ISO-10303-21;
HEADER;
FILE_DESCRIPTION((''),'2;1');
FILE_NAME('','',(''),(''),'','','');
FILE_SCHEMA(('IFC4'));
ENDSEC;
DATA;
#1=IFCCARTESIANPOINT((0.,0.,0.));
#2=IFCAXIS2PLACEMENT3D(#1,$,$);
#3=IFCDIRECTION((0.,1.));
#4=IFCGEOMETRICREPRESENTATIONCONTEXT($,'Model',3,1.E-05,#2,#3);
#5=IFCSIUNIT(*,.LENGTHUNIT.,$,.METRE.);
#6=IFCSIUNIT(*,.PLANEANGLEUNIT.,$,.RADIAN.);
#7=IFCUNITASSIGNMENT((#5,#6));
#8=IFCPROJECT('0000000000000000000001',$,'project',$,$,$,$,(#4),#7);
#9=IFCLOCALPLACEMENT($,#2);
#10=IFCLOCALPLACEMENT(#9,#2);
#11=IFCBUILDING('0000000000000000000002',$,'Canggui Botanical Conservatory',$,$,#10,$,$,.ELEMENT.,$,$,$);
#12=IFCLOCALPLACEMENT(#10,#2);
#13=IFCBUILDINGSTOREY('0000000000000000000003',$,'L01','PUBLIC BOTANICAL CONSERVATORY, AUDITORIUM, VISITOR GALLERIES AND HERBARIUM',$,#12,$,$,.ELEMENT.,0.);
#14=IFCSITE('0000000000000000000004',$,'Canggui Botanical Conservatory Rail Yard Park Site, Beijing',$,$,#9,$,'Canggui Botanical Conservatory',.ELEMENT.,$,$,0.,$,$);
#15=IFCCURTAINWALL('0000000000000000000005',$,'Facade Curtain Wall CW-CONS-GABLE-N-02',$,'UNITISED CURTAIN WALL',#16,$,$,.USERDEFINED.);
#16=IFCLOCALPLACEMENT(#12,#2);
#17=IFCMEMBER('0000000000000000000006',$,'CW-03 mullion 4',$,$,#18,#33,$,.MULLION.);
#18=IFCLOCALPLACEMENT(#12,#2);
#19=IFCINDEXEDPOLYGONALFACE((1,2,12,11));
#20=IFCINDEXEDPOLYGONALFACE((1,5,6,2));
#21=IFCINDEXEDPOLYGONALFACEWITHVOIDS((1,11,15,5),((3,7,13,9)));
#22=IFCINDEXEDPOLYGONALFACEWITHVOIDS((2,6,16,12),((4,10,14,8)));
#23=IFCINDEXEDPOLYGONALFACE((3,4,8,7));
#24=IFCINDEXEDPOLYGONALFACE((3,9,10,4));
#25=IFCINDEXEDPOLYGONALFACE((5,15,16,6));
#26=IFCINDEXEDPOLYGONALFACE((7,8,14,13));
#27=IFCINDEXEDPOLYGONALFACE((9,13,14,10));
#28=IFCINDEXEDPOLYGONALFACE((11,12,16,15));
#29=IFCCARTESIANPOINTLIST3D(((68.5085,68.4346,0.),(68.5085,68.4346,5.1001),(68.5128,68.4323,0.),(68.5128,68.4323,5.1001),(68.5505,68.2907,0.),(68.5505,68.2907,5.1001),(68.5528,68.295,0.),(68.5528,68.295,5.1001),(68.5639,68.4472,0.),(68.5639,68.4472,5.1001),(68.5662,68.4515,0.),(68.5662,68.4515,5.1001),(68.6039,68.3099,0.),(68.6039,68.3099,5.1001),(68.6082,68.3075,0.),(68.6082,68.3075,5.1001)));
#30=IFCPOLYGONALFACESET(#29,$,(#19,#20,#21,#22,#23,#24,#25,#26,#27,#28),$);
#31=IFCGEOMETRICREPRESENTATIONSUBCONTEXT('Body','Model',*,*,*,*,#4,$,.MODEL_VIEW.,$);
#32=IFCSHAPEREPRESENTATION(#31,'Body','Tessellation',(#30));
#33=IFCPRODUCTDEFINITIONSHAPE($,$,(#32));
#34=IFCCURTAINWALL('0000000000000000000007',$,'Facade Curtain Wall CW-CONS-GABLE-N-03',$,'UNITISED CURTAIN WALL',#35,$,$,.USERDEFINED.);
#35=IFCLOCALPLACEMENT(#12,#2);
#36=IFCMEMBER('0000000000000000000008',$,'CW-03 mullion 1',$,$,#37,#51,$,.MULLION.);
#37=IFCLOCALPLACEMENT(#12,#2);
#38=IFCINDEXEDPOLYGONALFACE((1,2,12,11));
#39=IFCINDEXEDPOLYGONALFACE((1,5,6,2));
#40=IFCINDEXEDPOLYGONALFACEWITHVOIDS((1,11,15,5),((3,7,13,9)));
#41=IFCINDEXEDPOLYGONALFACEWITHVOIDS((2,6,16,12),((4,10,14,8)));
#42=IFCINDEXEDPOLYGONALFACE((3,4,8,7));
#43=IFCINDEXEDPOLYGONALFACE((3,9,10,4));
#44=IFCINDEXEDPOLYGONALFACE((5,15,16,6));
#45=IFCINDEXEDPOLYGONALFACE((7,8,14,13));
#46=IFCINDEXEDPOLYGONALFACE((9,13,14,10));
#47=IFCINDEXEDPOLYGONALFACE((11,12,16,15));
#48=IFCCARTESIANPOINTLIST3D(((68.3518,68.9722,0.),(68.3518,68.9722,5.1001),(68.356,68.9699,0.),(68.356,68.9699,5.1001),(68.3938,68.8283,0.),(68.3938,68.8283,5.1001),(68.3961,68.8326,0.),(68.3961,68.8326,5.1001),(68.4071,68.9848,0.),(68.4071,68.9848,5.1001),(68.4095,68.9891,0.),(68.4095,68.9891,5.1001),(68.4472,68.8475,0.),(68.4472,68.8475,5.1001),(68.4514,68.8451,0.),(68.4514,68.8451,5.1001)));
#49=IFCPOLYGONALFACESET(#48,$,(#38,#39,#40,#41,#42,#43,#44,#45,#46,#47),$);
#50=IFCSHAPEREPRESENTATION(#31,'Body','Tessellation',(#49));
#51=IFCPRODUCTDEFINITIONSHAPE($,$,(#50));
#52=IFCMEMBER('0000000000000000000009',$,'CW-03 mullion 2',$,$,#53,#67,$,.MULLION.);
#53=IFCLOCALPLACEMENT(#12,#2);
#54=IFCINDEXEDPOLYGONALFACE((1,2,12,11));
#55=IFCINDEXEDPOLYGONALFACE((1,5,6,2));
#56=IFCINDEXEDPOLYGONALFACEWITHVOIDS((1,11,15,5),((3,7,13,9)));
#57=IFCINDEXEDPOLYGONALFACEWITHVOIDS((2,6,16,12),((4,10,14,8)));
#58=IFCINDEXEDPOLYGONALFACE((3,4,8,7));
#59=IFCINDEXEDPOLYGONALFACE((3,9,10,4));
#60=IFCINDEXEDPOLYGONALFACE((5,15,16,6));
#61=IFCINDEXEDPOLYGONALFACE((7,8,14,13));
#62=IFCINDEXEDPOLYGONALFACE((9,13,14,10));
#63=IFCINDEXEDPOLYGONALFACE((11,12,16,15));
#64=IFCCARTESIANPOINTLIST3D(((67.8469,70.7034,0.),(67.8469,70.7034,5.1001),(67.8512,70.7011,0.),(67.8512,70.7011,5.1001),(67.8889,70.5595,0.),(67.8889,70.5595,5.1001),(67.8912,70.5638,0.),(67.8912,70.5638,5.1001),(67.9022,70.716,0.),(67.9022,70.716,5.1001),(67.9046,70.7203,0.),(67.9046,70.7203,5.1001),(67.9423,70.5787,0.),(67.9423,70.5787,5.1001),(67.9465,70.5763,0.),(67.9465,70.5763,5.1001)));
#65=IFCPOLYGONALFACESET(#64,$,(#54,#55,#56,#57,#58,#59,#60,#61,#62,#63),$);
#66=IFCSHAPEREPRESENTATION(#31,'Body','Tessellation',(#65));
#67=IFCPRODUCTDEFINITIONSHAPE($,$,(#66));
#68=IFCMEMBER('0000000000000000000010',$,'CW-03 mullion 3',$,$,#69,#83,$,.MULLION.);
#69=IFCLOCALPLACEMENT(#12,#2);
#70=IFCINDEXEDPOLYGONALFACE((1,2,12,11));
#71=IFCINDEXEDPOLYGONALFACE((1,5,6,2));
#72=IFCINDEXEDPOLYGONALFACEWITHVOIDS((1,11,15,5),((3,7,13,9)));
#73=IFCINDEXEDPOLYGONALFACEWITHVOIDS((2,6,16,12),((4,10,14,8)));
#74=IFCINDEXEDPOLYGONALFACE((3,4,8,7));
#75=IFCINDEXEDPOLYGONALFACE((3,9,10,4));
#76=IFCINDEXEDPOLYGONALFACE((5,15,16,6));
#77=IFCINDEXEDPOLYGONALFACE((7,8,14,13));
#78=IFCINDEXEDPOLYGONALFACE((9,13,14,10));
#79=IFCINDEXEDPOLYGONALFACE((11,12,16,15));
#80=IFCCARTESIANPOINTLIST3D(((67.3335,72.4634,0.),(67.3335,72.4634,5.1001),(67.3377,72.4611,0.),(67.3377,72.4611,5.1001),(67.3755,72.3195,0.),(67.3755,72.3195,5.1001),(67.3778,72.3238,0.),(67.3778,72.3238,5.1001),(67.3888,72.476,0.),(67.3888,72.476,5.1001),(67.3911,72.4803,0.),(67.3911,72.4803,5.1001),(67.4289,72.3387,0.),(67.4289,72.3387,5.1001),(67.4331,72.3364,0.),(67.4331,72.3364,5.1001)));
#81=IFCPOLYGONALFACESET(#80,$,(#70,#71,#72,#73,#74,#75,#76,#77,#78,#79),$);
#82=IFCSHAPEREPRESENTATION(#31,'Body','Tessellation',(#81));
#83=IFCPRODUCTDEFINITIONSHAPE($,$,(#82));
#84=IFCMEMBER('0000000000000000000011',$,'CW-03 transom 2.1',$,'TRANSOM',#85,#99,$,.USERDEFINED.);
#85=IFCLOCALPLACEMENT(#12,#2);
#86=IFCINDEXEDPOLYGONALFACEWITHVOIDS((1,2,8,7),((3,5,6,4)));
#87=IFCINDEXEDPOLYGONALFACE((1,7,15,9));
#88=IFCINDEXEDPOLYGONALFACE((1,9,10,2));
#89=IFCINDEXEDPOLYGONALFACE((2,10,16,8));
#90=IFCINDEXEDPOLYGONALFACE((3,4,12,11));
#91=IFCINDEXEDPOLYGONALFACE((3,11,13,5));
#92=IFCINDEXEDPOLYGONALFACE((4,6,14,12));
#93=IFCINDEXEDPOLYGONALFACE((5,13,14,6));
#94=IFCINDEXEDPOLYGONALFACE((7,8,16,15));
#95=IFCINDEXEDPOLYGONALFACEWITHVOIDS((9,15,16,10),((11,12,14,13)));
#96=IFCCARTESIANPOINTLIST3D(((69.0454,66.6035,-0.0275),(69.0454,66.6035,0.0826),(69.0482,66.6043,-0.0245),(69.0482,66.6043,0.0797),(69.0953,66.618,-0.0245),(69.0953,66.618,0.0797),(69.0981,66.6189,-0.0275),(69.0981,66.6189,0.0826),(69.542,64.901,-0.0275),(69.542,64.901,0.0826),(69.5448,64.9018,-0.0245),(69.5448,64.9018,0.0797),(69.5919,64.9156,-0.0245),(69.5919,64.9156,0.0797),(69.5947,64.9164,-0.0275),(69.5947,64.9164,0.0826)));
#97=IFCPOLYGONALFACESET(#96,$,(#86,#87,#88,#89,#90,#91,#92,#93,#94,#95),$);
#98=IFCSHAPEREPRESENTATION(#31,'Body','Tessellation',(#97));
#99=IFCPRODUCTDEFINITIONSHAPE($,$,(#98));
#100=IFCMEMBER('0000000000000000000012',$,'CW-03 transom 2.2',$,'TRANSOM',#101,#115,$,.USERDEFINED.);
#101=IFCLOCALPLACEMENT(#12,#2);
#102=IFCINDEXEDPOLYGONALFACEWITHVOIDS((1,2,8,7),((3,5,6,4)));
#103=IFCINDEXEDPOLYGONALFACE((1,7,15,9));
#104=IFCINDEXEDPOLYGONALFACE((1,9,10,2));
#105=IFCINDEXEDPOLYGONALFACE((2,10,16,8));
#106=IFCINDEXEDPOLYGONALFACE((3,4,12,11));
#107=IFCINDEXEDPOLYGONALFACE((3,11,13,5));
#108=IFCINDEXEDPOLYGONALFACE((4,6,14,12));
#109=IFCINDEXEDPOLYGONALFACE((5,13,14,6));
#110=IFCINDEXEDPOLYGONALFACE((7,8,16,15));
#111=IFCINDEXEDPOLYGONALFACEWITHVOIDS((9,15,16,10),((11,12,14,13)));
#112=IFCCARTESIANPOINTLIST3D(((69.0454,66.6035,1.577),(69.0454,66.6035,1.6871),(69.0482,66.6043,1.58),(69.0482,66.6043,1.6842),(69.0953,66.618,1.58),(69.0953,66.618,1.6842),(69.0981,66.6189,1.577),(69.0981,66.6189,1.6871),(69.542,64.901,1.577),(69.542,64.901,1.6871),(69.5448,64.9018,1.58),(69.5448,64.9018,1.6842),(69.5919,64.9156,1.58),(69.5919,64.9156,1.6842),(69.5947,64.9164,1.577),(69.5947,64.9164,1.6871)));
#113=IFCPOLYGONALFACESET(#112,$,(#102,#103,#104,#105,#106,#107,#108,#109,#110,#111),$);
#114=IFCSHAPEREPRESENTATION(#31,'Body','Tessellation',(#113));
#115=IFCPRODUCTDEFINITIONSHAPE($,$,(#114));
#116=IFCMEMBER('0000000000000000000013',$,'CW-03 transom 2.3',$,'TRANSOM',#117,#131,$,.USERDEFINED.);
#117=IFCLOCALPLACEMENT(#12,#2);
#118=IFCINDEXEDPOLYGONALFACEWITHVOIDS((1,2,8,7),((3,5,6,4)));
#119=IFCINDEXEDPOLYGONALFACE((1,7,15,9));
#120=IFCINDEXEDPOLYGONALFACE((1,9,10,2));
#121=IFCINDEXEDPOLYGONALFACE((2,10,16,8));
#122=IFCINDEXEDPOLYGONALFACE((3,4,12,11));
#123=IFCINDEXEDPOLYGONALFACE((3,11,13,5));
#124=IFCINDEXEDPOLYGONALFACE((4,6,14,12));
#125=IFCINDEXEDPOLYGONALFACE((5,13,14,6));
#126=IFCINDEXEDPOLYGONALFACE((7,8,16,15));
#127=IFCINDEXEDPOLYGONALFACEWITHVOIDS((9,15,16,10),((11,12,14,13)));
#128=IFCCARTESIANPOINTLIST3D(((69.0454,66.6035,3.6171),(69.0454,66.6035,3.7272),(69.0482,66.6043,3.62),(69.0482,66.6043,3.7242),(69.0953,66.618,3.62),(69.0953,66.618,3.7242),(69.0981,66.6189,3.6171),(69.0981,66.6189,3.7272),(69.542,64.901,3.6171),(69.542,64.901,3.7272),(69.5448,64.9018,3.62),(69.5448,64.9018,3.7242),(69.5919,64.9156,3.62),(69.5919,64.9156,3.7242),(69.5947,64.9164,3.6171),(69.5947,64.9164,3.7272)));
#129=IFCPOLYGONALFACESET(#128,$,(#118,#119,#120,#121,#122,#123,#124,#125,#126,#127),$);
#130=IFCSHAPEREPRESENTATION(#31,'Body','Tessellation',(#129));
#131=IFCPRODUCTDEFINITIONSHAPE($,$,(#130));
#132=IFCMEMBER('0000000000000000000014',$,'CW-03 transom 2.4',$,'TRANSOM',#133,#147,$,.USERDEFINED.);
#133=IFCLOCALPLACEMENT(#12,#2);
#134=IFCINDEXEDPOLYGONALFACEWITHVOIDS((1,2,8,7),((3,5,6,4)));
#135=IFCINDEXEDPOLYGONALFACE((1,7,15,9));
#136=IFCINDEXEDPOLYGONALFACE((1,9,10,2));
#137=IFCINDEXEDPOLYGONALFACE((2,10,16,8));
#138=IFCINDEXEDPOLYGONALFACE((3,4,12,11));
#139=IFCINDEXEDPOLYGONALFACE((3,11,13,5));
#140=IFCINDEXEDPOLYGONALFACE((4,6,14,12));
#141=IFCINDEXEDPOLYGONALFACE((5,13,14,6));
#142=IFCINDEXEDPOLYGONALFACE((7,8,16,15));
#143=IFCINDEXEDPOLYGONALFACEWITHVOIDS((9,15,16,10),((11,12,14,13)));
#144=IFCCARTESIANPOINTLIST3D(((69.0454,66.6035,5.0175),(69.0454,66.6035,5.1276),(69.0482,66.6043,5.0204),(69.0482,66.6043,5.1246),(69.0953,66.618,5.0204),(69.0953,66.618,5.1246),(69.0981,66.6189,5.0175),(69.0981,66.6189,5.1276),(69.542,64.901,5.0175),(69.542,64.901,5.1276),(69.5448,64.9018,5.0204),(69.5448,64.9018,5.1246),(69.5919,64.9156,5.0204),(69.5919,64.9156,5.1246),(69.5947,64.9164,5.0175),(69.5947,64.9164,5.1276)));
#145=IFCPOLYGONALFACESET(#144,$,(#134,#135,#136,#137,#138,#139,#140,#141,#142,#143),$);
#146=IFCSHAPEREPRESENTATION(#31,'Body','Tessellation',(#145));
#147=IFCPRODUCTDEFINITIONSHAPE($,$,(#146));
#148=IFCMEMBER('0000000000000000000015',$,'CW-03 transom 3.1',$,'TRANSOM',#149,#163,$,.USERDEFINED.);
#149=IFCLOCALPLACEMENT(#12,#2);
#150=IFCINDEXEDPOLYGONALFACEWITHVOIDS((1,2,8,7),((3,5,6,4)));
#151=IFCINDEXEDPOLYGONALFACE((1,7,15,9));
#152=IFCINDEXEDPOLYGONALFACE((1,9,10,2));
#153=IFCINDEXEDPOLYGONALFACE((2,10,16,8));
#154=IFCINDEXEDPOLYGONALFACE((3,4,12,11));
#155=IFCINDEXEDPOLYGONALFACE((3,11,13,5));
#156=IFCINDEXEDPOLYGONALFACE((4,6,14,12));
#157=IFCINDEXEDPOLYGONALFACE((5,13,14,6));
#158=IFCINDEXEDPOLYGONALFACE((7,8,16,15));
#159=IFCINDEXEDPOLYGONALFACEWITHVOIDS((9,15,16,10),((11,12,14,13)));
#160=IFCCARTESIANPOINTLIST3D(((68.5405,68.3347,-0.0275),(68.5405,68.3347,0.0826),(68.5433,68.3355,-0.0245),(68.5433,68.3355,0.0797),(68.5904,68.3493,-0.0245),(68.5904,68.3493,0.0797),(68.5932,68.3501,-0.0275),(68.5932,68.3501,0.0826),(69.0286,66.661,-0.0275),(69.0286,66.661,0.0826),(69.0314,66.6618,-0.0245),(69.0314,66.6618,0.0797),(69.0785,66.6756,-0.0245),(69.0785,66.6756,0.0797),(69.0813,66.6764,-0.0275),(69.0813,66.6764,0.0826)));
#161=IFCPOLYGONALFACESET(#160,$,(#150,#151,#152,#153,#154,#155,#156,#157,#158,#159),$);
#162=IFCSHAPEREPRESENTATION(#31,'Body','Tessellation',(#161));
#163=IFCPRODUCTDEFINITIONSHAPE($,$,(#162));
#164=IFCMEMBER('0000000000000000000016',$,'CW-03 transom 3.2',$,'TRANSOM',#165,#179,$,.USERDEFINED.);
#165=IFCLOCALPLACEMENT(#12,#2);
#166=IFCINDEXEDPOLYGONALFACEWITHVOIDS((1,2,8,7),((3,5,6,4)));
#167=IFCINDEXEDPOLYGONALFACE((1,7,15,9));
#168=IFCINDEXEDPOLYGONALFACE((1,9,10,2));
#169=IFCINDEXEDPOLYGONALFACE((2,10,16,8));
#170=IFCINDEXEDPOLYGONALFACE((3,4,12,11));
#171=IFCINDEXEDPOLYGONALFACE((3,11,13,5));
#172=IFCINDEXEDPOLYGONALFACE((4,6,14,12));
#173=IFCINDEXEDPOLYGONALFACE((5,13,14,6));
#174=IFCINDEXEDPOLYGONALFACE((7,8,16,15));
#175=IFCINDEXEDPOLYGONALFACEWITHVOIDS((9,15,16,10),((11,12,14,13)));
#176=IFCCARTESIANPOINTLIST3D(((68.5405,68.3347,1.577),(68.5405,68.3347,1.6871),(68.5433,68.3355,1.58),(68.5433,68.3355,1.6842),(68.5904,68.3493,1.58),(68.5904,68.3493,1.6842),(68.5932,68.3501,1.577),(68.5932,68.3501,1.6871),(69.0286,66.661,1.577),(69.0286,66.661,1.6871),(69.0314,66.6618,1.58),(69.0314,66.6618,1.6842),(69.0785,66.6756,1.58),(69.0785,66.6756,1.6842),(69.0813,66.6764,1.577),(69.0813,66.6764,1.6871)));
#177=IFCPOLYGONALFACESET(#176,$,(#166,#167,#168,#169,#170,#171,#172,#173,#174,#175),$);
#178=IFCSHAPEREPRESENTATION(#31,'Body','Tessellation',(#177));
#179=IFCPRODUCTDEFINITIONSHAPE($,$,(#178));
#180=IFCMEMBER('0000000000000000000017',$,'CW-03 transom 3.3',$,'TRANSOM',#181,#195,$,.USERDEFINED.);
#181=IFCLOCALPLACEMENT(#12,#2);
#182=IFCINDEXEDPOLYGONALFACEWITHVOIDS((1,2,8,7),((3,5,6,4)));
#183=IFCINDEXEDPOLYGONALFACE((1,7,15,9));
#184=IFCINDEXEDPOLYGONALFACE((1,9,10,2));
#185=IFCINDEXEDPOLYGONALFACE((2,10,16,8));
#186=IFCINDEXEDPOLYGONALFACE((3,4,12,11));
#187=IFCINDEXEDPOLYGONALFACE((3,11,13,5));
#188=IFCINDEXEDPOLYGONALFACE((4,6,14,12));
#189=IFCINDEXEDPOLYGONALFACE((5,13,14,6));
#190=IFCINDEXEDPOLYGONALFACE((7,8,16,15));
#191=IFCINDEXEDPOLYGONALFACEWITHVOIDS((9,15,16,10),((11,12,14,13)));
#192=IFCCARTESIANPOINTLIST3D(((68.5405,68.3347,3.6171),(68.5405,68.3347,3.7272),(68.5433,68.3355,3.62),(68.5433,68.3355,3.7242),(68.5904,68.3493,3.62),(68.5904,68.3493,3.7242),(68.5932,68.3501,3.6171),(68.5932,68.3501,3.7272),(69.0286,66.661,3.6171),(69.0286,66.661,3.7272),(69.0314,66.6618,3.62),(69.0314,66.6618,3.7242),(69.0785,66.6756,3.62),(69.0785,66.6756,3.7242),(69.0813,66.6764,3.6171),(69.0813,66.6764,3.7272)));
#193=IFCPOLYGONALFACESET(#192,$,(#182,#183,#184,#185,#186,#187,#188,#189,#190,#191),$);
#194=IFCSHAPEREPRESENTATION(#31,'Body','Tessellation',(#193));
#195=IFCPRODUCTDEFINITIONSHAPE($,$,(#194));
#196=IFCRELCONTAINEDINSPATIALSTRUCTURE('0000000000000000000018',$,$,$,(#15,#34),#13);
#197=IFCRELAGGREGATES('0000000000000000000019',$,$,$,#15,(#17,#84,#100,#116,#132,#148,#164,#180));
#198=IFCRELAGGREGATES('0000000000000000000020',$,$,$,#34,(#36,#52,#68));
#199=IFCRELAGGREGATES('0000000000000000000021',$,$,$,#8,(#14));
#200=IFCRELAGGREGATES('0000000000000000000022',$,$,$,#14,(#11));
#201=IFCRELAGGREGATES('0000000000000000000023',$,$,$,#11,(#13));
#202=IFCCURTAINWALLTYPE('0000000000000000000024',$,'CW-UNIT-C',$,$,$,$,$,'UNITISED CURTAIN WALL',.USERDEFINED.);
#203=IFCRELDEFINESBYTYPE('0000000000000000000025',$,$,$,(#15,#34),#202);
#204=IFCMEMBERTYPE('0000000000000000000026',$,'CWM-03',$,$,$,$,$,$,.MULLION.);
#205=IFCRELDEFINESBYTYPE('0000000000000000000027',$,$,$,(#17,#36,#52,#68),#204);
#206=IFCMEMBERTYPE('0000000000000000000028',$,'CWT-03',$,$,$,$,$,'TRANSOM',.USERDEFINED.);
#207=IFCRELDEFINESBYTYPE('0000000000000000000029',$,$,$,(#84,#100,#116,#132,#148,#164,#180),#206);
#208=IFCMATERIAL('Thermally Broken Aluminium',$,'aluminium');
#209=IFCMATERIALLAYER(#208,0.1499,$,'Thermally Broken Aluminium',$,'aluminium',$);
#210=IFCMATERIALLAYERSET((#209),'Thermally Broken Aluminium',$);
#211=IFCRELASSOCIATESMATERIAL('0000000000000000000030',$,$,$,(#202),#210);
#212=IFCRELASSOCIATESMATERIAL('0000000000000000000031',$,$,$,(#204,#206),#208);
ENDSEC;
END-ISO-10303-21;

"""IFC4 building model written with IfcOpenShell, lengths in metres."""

from ifc_helpers import new_model, si_unit, direction, frame, origin, origin_2d, place, context, subcontext, project, spatial, hollow_rectangle, extrude, material, layer, layer_set, material_profile, profile_set, type_object, element, aggregate, save


model = new_model("IFC4")

# Units and contexts
model_context = context("Model", 3, precision=1e-05, world=origin(), true_north=direction((0.0, 1.0)))
body_context = subcontext(model_context, "Body", "Model", "MODEL_VIEW")
ifc_project = project(units=[si_unit("LENGTHUNIT", "METRE"), si_unit("PLANEANGLEUNIT", "RADIAN")], contexts=[model_context])

# Site, building, storey
site_placement = place(None, origin())
site = spatial("IfcSite", under=ifc_project, at=site_placement, Name="Canggui Botanical Conservatory Rail Yard Park Site, Beijing", LongName="Canggui Botanical Conservatory", CompositionType="ELEMENT", RefElevation=0.0)
building_placement = place(site_placement, origin())
building = spatial("IfcBuilding", under=site, at=building_placement, Name="Canggui Botanical Conservatory", CompositionType="ELEMENT")
storey_placement = place(building_placement, origin())
storey = spatial("IfcBuildingStorey", under=building, at=storey_placement, Name="L01", Description="PUBLIC BOTANICAL CONSERVATORY, AUDITORIUM, VISITOR GALLERIES AND HERBARIUM", CompositionType="ELEMENT", Elevation=0.0)

# Curtain walls, members
ifc_material_1 = material(Name="Thermally Broken Aluminium", Category="aluminium")
ifc_layer_1 = layer(ifc_material_1, 0.1499, Name="Thermally Broken Aluminium", Category="aluminium")
ifc_layer_set_1 = layer_set([ifc_layer_1], Name="Thermally Broken Aluminium")
curtain_wall_type = type_object("IfcCurtainWallType", Name="CW-UNIT-C", ElementType="UNITISED CURTAIN WALL", PredefinedType="USERDEFINED", material=ifc_layer_set_1)
curtain_wall_1_placement = place(storey_placement, origin())
curtain_wall_1 = element("IfcCurtainWall", 1, at=curtain_wall_1_placement, inside=storey, type_object=curtain_wall_type, Name="Facade Curtain Wall CW-CONS-GABLE-N-02", ObjectType="UNITISED CURTAIN WALL", PredefinedType="USERDEFINED")
ifc_material_profile_1 = material_profile(ifc_material_1, hollow_rectangle(XDim=0.0601, YDim=0.1499, WallThickness=0.0034, at=origin_2d()), Name="CWM 60x150x3.5")
ifc_profile_set_1 = profile_set([ifc_material_profile_1], Name="Thermally Broken Aluminium")
member_type_1 = type_object("IfcMemberType", Name="CWM-03", PredefinedType="MULLION", material=ifc_profile_set_1)
member_1_placement = place(storey_placement, frame((68.5583, 68.3711, 0.0), z_axis=(0.0, 0.0, 1.0), x_axis=(-0.96, -0.28, 0.0)))
member_1 = element("IfcMember", 2, at=member_1_placement, type_object=member_type_1, Name="CW-03 mullion 4", PredefinedType="MULLION", context=body_context, shape_type="SweptSolid", body=[
    extrude(hollow_rectangle(XDim=0.0601, YDim=0.1499, WallThickness=0.0034, at=origin_2d()), origin(), (0.0, 0.0, 1.0), 5.1001),
])
curtain_wall_2_placement = place(storey_placement, origin())
curtain_wall_2 = element("IfcCurtainWall", 3, at=curtain_wall_2_placement, inside=storey, type_object=curtain_wall_type, Name="Facade Curtain Wall CW-CONS-GABLE-N-03", ObjectType="UNITISED CURTAIN WALL", PredefinedType="USERDEFINED")
member_2_placement = place(storey_placement, frame((68.4016, 68.9087, 0.0), z_axis=(0.0, 0.0, 1.0), x_axis=(-0.96, -0.28, 0.0)))
member_2 = element("IfcMember", 4, at=member_2_placement, type_object=member_type_1, Name="CW-03 mullion 1", PredefinedType="MULLION", context=body_context, shape_type="SweptSolid", body=[
    extrude(hollow_rectangle(XDim=0.0601, YDim=0.1499, WallThickness=0.0034, at=origin_2d()), origin(), (0.0, 0.0, 1.0), 5.1001),
])
member_3_placement = place(storey_placement, frame((67.8967, 70.6399, 0.0), z_axis=(0.0, 0.0, 1.0), x_axis=(-0.96, -0.28, 0.0)))
member_3 = element("IfcMember", 5, at=member_3_placement, type_object=member_type_1, Name="CW-03 mullion 2", PredefinedType="MULLION", context=body_context, shape_type="SweptSolid", body=[
    extrude(hollow_rectangle(XDim=0.0601, YDim=0.1499, WallThickness=0.0034, at=origin_2d()), origin(), (0.0, 0.0, 1.0), 5.1001),
])
member_4_placement = place(storey_placement, frame((67.3833, 72.3999, 0.0), z_axis=(0.0, 0.0, 1.0), x_axis=(-0.96, -0.28, 0.0)))
member_4 = element("IfcMember", 6, at=member_4_placement, type_object=member_type_1, Name="CW-03 mullion 3", PredefinedType="MULLION", context=body_context, shape_type="SweptSolid", body=[
    extrude(hollow_rectangle(XDim=0.0601, YDim=0.1499, WallThickness=0.0034, at=origin_2d()), origin(), (0.0, 0.0, 1.0), 5.1001),
])

# Members
ifc_material_profile_2 = material_profile(ifc_material_1, hollow_rectangle(XDim=0.0549, YDim=0.1101, WallThickness=0.0029, at=origin_2d()), Name="CWT 55x110x3")
ifc_profile_set_2 = profile_set([ifc_material_profile_2], Name="Thermally Broken Aluminium")
member_type_2 = type_object("IfcMemberType", Name="CWT-03", ElementType="TRANSOM", PredefinedType="USERDEFINED", material=ifc_profile_set_2)
member_5_placement = place(storey_placement, frame((69.5684, 64.9087, 0.0276), z_axis=(-0.280026, 0.959992, 0.0), x_axis=(-0.959992, -0.280026, 0.0)))
member_5 = element("IfcMember", 7, at=member_5_placement, type_object=member_type_2, Name="CW-03 transom 2.1", ObjectType="TRANSOM", PredefinedType="USERDEFINED", context=body_context, shape_type="SweptSolid", body=[
    extrude(hollow_rectangle(XDim=0.0549, YDim=0.1101, WallThickness=0.0029, at=origin_2d()), origin(), (0.0, 0.0, 1.0), 1.7734),
])
member_6_placement = place(storey_placement, frame((69.5684, 64.9087, 1.6321), z_axis=(-0.280026, 0.959992, 0.0), x_axis=(-0.959992, -0.280026, 0.0)))
member_6 = element("IfcMember", 8, at=member_6_placement, type_object=member_type_2, Name="CW-03 transom 2.2", ObjectType="TRANSOM", PredefinedType="USERDEFINED", context=body_context, shape_type="SweptSolid", body=[
    extrude(hollow_rectangle(XDim=0.0549, YDim=0.1101, WallThickness=0.0029, at=origin_2d()), origin(), (0.0, 0.0, 1.0), 1.7734),
])
member_7_placement = place(storey_placement, frame((69.5684, 64.9087, 3.6721), z_axis=(-0.280026, 0.959992, 0.0), x_axis=(-0.959992, -0.280026, 0.0)))
member_7 = element("IfcMember", 9, at=member_7_placement, type_object=member_type_2, Name="CW-03 transom 2.3", ObjectType="TRANSOM", PredefinedType="USERDEFINED", context=body_context, shape_type="SweptSolid", body=[
    extrude(hollow_rectangle(XDim=0.0549, YDim=0.1101, WallThickness=0.0029, at=origin_2d()), origin(), (0.0, 0.0, 1.0), 1.7734),
])
member_8_placement = place(storey_placement, frame((69.5684, 64.9087, 5.0725), z_axis=(-0.280026, 0.959992, 0.0), x_axis=(-0.959992, -0.280026, 0.0)))
member_8 = element("IfcMember", 10, at=member_8_placement, type_object=member_type_2, Name="CW-03 transom 2.4", ObjectType="TRANSOM", PredefinedType="USERDEFINED", context=body_context, shape_type="SweptSolid", body=[
    extrude(hollow_rectangle(XDim=0.0549, YDim=0.1101, WallThickness=0.0029, at=origin_2d()), origin(), (0.0, 0.0, 1.0), 1.7734),
])
member_9_placement = place(storey_placement, frame((69.0549, 66.6687, 0.0276), z_axis=(-0.279952, 0.960014, 0.0), x_axis=(-0.960014, -0.279952, 0.0)))
member_9 = element("IfcMember", 11, at=member_9_placement, type_object=member_type_2, Name="CW-03 transom 3.1", ObjectType="TRANSOM", PredefinedType="USERDEFINED", context=body_context, shape_type="SweptSolid", body=[
    extrude(hollow_rectangle(XDim=0.0549, YDim=0.1101, WallThickness=0.0029, at=origin_2d()), origin(), (0.0, 0.0, 1.0), 1.7434),
])
member_10_placement = place(storey_placement, frame((69.0549, 66.6687, 1.6321), z_axis=(-0.279952, 0.960014, 0.0), x_axis=(-0.960014, -0.279952, 0.0)))
member_10 = element("IfcMember", 12, at=member_10_placement, type_object=member_type_2, Name="CW-03 transom 3.2", ObjectType="TRANSOM", PredefinedType="USERDEFINED", context=body_context, shape_type="SweptSolid", body=[
    extrude(hollow_rectangle(XDim=0.0549, YDim=0.1101, WallThickness=0.0029, at=origin_2d()), origin(), (0.0, 0.0, 1.0), 1.7434),
])
member_11_placement = place(storey_placement, frame((69.0549, 66.6687, 3.6721), z_axis=(-0.279952, 0.960014, 0.0), x_axis=(-0.960014, -0.279952, 0.0)))
member_11 = element("IfcMember", 13, at=member_11_placement, type_object=member_type_2, Name="CW-03 transom 3.3", ObjectType="TRANSOM", PredefinedType="USERDEFINED", context=body_context, shape_type="SweptSolid", body=[
    extrude(hollow_rectangle(XDim=0.0549, YDim=0.1101, WallThickness=0.0029, at=origin_2d()), origin(), (0.0, 0.0, 1.0), 1.7434),
])

aggregate(curtain_wall_1, [member_1, member_5, member_6, member_7, member_8, member_9, member_10, member_11])
aggregate(curtain_wall_2, [member_2, member_3, member_4])

save(model, "model.ifc")
